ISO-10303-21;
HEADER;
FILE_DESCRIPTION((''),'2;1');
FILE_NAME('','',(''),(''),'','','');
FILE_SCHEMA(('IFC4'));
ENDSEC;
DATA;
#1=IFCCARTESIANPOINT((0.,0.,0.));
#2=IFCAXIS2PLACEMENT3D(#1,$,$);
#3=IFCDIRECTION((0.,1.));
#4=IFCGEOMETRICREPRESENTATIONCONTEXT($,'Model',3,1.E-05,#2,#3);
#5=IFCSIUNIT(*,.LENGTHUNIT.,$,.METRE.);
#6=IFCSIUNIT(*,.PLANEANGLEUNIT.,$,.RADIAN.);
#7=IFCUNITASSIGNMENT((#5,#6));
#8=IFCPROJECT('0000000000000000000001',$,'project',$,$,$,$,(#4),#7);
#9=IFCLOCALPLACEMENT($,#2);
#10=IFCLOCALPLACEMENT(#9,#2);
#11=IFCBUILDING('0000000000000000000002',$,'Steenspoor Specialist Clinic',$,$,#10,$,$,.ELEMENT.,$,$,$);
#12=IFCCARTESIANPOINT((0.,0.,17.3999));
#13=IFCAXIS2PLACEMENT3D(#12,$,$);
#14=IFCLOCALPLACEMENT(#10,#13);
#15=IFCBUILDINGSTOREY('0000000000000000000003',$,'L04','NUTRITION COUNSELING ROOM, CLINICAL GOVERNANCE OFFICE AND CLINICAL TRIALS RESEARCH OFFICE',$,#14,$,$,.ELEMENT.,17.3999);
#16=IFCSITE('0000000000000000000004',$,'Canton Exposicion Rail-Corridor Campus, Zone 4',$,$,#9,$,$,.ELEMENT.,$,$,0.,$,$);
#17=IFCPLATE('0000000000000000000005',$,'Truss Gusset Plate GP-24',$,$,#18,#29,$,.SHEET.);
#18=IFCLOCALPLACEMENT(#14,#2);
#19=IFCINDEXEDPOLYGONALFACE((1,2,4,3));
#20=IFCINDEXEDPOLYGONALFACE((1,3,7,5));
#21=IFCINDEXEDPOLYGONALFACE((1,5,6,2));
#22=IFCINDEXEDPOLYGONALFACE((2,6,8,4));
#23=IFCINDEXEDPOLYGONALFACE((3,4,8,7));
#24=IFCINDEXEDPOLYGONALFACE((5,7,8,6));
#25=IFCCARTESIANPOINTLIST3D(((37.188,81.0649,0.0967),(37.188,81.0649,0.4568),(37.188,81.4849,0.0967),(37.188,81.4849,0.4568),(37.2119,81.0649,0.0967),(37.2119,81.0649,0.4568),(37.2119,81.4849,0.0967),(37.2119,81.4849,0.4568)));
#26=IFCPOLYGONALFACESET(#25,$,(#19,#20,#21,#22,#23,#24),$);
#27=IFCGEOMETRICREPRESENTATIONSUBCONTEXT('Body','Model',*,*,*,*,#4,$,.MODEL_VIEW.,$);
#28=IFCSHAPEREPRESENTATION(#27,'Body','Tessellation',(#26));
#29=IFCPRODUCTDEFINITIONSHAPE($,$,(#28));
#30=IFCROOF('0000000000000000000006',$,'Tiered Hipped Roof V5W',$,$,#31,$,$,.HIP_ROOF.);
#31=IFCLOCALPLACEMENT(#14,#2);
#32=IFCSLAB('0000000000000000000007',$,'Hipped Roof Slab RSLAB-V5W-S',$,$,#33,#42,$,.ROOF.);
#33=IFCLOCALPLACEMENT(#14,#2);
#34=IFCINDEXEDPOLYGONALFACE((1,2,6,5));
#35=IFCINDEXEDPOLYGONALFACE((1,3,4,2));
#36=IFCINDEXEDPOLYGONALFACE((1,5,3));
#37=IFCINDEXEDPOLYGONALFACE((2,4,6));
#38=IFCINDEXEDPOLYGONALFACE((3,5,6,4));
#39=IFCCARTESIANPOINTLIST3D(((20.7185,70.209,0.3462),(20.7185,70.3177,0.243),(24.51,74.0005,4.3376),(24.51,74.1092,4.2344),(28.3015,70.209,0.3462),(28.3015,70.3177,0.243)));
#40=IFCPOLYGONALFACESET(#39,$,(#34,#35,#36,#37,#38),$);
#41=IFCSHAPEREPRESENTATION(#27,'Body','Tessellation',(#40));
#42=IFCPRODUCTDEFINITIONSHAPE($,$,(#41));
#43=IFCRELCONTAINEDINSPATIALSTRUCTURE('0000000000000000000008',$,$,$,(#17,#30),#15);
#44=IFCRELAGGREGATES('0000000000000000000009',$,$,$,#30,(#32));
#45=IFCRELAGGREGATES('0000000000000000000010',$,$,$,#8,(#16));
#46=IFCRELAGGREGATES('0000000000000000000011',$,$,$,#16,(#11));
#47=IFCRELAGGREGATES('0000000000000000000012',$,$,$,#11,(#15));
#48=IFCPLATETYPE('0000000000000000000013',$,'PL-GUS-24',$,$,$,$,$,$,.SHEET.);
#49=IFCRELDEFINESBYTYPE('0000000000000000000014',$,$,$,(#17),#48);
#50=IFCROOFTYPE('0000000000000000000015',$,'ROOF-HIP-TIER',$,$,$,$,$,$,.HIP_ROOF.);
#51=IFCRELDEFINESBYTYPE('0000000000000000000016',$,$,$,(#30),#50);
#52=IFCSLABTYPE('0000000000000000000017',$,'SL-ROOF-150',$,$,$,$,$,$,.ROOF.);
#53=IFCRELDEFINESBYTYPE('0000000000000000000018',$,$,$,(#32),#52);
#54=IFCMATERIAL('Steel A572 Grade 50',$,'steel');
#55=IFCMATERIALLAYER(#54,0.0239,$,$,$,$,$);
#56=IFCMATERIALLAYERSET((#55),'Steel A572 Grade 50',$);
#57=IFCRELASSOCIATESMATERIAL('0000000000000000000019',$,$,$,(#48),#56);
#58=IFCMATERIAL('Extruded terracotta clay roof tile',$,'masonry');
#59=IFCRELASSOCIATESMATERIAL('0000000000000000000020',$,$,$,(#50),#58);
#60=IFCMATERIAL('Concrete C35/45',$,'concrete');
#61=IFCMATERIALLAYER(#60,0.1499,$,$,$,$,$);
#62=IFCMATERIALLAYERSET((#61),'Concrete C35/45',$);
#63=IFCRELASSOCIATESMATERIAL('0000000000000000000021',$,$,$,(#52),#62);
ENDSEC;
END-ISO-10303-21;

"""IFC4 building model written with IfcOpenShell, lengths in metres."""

from ifc_helpers import new_model, si_unit, direction, frame, origin, origin_2d, place, context, subcontext, project, spatial, polyline, rectangle, outline, extrude, material, layer, layer_set, type_object, element, aggregate, save


model = new_model("IFC4")

# Units and contexts
model_context = context("Model", 3, precision=1e-05, world=origin(), true_north=direction((0.0, 1.0)))
body_context = subcontext(model_context, "Body", "Model", "MODEL_VIEW")
ifc_project = project(units=[si_unit("LENGTHUNIT", "METRE"), si_unit("PLANEANGLEUNIT", "RADIAN")], contexts=[model_context])

# Site, building, storey
site_placement = place(None, origin())
site = spatial("IfcSite", under=ifc_project, at=site_placement, Name="Canton Exposicion Rail-Corridor Campus, Zone 4", CompositionType="ELEMENT", RefElevation=0.0)
building_placement = place(site_placement, origin())
building = spatial("IfcBuilding", under=site, at=building_placement, Name="Steenspoor Specialist Clinic", CompositionType="ELEMENT")
storey_placement = place(building_placement, frame((0.0, 0.0, 17.3999)))
storey = spatial("IfcBuildingStorey", under=building, at=storey_placement, Name="L04", Description="NUTRITION COUNSELING ROOM, CLINICAL GOVERNANCE OFFICE AND CLINICAL TRIALS RESEARCH OFFICE", CompositionType="ELEMENT", Elevation=17.3999)

# Plate
ifc_material_1 = material(Name="Steel A572 Grade 50", Category="steel")
ifc_layer_1 = layer(ifc_material_1, 0.0239)
ifc_layer_set_1 = layer_set([ifc_layer_1], Name="Steel A572 Grade 50")
plate_type_1 = type_object("IfcPlateType", Name="PL-GUS-24", PredefinedType="SHEET", material=ifc_layer_set_1)
plate_1_placement = place(storey_placement, frame((37.2, 81.2749, 0.0967), z_axis=(0.0, 0.0, 1.0), x_axis=(1.0, 0.0, 0.0)))
element("IfcPlate", 1, at=plate_1_placement, inside=storey, type_object=plate_type_1, Name="Truss Gusset Plate GP-24", PredefinedType="SHEET", context=body_context, shape_type="SweptSolid", body=[
    extrude(rectangle(XDim=0.0239, YDim=0.4199, at=origin_2d()), origin(), (0.0, 0.0, 1.0), 0.3601),
])

# Roof, slab
ifc_material_2 = material(Name="Extruded terracotta clay roof tile", Category="masonry")
roof_type = type_object("IfcRoofType", Name="ROOF-HIP-TIER", PredefinedType="HIP_ROOF", material=ifc_material_2)
roof_placement = place(storey_placement, origin())
roof = element("IfcRoof", 2, at=roof_placement, inside=storey, type_object=roof_type, Name="Tiered Hipped Roof V5W", PredefinedType="HIP_ROOF")
ifc_material_3 = material(Name="Concrete C35/45", Category="concrete")
ifc_layer_2 = layer(ifc_material_3, 0.1499)
ifc_layer_set_2 = layer_set([ifc_layer_2], Name="Concrete C35/45")
slab_type = type_object("IfcSlabType", Name="SL-ROOF-150", PredefinedType="ROOF", material=ifc_layer_set_2)
slab_placement = place(storey_placement, frame((24.51, 74.0005, 4.3376), z_axis=(0.0, -0.725034, 0.688713), x_axis=(-0.567207, -0.567207, -0.59712)))
slab = element("IfcSlab", 3, at=slab_placement, type_object=slab_type, Name="Hipped Roof Slab RSLAB-V5W-S", PredefinedType="ROOF", context=body_context, shape_type="SweptSolid", body=[
    extrude(outline(polyline([(0.0, 0.0), (6.6845, 0.0), (2.3834, 6.2452), (0.0, 0.0)])), origin(), (0.0, 0.0, -1.0), 0.1499),
])
aggregate(roof, [slab])

save(model, "model.ifc")
